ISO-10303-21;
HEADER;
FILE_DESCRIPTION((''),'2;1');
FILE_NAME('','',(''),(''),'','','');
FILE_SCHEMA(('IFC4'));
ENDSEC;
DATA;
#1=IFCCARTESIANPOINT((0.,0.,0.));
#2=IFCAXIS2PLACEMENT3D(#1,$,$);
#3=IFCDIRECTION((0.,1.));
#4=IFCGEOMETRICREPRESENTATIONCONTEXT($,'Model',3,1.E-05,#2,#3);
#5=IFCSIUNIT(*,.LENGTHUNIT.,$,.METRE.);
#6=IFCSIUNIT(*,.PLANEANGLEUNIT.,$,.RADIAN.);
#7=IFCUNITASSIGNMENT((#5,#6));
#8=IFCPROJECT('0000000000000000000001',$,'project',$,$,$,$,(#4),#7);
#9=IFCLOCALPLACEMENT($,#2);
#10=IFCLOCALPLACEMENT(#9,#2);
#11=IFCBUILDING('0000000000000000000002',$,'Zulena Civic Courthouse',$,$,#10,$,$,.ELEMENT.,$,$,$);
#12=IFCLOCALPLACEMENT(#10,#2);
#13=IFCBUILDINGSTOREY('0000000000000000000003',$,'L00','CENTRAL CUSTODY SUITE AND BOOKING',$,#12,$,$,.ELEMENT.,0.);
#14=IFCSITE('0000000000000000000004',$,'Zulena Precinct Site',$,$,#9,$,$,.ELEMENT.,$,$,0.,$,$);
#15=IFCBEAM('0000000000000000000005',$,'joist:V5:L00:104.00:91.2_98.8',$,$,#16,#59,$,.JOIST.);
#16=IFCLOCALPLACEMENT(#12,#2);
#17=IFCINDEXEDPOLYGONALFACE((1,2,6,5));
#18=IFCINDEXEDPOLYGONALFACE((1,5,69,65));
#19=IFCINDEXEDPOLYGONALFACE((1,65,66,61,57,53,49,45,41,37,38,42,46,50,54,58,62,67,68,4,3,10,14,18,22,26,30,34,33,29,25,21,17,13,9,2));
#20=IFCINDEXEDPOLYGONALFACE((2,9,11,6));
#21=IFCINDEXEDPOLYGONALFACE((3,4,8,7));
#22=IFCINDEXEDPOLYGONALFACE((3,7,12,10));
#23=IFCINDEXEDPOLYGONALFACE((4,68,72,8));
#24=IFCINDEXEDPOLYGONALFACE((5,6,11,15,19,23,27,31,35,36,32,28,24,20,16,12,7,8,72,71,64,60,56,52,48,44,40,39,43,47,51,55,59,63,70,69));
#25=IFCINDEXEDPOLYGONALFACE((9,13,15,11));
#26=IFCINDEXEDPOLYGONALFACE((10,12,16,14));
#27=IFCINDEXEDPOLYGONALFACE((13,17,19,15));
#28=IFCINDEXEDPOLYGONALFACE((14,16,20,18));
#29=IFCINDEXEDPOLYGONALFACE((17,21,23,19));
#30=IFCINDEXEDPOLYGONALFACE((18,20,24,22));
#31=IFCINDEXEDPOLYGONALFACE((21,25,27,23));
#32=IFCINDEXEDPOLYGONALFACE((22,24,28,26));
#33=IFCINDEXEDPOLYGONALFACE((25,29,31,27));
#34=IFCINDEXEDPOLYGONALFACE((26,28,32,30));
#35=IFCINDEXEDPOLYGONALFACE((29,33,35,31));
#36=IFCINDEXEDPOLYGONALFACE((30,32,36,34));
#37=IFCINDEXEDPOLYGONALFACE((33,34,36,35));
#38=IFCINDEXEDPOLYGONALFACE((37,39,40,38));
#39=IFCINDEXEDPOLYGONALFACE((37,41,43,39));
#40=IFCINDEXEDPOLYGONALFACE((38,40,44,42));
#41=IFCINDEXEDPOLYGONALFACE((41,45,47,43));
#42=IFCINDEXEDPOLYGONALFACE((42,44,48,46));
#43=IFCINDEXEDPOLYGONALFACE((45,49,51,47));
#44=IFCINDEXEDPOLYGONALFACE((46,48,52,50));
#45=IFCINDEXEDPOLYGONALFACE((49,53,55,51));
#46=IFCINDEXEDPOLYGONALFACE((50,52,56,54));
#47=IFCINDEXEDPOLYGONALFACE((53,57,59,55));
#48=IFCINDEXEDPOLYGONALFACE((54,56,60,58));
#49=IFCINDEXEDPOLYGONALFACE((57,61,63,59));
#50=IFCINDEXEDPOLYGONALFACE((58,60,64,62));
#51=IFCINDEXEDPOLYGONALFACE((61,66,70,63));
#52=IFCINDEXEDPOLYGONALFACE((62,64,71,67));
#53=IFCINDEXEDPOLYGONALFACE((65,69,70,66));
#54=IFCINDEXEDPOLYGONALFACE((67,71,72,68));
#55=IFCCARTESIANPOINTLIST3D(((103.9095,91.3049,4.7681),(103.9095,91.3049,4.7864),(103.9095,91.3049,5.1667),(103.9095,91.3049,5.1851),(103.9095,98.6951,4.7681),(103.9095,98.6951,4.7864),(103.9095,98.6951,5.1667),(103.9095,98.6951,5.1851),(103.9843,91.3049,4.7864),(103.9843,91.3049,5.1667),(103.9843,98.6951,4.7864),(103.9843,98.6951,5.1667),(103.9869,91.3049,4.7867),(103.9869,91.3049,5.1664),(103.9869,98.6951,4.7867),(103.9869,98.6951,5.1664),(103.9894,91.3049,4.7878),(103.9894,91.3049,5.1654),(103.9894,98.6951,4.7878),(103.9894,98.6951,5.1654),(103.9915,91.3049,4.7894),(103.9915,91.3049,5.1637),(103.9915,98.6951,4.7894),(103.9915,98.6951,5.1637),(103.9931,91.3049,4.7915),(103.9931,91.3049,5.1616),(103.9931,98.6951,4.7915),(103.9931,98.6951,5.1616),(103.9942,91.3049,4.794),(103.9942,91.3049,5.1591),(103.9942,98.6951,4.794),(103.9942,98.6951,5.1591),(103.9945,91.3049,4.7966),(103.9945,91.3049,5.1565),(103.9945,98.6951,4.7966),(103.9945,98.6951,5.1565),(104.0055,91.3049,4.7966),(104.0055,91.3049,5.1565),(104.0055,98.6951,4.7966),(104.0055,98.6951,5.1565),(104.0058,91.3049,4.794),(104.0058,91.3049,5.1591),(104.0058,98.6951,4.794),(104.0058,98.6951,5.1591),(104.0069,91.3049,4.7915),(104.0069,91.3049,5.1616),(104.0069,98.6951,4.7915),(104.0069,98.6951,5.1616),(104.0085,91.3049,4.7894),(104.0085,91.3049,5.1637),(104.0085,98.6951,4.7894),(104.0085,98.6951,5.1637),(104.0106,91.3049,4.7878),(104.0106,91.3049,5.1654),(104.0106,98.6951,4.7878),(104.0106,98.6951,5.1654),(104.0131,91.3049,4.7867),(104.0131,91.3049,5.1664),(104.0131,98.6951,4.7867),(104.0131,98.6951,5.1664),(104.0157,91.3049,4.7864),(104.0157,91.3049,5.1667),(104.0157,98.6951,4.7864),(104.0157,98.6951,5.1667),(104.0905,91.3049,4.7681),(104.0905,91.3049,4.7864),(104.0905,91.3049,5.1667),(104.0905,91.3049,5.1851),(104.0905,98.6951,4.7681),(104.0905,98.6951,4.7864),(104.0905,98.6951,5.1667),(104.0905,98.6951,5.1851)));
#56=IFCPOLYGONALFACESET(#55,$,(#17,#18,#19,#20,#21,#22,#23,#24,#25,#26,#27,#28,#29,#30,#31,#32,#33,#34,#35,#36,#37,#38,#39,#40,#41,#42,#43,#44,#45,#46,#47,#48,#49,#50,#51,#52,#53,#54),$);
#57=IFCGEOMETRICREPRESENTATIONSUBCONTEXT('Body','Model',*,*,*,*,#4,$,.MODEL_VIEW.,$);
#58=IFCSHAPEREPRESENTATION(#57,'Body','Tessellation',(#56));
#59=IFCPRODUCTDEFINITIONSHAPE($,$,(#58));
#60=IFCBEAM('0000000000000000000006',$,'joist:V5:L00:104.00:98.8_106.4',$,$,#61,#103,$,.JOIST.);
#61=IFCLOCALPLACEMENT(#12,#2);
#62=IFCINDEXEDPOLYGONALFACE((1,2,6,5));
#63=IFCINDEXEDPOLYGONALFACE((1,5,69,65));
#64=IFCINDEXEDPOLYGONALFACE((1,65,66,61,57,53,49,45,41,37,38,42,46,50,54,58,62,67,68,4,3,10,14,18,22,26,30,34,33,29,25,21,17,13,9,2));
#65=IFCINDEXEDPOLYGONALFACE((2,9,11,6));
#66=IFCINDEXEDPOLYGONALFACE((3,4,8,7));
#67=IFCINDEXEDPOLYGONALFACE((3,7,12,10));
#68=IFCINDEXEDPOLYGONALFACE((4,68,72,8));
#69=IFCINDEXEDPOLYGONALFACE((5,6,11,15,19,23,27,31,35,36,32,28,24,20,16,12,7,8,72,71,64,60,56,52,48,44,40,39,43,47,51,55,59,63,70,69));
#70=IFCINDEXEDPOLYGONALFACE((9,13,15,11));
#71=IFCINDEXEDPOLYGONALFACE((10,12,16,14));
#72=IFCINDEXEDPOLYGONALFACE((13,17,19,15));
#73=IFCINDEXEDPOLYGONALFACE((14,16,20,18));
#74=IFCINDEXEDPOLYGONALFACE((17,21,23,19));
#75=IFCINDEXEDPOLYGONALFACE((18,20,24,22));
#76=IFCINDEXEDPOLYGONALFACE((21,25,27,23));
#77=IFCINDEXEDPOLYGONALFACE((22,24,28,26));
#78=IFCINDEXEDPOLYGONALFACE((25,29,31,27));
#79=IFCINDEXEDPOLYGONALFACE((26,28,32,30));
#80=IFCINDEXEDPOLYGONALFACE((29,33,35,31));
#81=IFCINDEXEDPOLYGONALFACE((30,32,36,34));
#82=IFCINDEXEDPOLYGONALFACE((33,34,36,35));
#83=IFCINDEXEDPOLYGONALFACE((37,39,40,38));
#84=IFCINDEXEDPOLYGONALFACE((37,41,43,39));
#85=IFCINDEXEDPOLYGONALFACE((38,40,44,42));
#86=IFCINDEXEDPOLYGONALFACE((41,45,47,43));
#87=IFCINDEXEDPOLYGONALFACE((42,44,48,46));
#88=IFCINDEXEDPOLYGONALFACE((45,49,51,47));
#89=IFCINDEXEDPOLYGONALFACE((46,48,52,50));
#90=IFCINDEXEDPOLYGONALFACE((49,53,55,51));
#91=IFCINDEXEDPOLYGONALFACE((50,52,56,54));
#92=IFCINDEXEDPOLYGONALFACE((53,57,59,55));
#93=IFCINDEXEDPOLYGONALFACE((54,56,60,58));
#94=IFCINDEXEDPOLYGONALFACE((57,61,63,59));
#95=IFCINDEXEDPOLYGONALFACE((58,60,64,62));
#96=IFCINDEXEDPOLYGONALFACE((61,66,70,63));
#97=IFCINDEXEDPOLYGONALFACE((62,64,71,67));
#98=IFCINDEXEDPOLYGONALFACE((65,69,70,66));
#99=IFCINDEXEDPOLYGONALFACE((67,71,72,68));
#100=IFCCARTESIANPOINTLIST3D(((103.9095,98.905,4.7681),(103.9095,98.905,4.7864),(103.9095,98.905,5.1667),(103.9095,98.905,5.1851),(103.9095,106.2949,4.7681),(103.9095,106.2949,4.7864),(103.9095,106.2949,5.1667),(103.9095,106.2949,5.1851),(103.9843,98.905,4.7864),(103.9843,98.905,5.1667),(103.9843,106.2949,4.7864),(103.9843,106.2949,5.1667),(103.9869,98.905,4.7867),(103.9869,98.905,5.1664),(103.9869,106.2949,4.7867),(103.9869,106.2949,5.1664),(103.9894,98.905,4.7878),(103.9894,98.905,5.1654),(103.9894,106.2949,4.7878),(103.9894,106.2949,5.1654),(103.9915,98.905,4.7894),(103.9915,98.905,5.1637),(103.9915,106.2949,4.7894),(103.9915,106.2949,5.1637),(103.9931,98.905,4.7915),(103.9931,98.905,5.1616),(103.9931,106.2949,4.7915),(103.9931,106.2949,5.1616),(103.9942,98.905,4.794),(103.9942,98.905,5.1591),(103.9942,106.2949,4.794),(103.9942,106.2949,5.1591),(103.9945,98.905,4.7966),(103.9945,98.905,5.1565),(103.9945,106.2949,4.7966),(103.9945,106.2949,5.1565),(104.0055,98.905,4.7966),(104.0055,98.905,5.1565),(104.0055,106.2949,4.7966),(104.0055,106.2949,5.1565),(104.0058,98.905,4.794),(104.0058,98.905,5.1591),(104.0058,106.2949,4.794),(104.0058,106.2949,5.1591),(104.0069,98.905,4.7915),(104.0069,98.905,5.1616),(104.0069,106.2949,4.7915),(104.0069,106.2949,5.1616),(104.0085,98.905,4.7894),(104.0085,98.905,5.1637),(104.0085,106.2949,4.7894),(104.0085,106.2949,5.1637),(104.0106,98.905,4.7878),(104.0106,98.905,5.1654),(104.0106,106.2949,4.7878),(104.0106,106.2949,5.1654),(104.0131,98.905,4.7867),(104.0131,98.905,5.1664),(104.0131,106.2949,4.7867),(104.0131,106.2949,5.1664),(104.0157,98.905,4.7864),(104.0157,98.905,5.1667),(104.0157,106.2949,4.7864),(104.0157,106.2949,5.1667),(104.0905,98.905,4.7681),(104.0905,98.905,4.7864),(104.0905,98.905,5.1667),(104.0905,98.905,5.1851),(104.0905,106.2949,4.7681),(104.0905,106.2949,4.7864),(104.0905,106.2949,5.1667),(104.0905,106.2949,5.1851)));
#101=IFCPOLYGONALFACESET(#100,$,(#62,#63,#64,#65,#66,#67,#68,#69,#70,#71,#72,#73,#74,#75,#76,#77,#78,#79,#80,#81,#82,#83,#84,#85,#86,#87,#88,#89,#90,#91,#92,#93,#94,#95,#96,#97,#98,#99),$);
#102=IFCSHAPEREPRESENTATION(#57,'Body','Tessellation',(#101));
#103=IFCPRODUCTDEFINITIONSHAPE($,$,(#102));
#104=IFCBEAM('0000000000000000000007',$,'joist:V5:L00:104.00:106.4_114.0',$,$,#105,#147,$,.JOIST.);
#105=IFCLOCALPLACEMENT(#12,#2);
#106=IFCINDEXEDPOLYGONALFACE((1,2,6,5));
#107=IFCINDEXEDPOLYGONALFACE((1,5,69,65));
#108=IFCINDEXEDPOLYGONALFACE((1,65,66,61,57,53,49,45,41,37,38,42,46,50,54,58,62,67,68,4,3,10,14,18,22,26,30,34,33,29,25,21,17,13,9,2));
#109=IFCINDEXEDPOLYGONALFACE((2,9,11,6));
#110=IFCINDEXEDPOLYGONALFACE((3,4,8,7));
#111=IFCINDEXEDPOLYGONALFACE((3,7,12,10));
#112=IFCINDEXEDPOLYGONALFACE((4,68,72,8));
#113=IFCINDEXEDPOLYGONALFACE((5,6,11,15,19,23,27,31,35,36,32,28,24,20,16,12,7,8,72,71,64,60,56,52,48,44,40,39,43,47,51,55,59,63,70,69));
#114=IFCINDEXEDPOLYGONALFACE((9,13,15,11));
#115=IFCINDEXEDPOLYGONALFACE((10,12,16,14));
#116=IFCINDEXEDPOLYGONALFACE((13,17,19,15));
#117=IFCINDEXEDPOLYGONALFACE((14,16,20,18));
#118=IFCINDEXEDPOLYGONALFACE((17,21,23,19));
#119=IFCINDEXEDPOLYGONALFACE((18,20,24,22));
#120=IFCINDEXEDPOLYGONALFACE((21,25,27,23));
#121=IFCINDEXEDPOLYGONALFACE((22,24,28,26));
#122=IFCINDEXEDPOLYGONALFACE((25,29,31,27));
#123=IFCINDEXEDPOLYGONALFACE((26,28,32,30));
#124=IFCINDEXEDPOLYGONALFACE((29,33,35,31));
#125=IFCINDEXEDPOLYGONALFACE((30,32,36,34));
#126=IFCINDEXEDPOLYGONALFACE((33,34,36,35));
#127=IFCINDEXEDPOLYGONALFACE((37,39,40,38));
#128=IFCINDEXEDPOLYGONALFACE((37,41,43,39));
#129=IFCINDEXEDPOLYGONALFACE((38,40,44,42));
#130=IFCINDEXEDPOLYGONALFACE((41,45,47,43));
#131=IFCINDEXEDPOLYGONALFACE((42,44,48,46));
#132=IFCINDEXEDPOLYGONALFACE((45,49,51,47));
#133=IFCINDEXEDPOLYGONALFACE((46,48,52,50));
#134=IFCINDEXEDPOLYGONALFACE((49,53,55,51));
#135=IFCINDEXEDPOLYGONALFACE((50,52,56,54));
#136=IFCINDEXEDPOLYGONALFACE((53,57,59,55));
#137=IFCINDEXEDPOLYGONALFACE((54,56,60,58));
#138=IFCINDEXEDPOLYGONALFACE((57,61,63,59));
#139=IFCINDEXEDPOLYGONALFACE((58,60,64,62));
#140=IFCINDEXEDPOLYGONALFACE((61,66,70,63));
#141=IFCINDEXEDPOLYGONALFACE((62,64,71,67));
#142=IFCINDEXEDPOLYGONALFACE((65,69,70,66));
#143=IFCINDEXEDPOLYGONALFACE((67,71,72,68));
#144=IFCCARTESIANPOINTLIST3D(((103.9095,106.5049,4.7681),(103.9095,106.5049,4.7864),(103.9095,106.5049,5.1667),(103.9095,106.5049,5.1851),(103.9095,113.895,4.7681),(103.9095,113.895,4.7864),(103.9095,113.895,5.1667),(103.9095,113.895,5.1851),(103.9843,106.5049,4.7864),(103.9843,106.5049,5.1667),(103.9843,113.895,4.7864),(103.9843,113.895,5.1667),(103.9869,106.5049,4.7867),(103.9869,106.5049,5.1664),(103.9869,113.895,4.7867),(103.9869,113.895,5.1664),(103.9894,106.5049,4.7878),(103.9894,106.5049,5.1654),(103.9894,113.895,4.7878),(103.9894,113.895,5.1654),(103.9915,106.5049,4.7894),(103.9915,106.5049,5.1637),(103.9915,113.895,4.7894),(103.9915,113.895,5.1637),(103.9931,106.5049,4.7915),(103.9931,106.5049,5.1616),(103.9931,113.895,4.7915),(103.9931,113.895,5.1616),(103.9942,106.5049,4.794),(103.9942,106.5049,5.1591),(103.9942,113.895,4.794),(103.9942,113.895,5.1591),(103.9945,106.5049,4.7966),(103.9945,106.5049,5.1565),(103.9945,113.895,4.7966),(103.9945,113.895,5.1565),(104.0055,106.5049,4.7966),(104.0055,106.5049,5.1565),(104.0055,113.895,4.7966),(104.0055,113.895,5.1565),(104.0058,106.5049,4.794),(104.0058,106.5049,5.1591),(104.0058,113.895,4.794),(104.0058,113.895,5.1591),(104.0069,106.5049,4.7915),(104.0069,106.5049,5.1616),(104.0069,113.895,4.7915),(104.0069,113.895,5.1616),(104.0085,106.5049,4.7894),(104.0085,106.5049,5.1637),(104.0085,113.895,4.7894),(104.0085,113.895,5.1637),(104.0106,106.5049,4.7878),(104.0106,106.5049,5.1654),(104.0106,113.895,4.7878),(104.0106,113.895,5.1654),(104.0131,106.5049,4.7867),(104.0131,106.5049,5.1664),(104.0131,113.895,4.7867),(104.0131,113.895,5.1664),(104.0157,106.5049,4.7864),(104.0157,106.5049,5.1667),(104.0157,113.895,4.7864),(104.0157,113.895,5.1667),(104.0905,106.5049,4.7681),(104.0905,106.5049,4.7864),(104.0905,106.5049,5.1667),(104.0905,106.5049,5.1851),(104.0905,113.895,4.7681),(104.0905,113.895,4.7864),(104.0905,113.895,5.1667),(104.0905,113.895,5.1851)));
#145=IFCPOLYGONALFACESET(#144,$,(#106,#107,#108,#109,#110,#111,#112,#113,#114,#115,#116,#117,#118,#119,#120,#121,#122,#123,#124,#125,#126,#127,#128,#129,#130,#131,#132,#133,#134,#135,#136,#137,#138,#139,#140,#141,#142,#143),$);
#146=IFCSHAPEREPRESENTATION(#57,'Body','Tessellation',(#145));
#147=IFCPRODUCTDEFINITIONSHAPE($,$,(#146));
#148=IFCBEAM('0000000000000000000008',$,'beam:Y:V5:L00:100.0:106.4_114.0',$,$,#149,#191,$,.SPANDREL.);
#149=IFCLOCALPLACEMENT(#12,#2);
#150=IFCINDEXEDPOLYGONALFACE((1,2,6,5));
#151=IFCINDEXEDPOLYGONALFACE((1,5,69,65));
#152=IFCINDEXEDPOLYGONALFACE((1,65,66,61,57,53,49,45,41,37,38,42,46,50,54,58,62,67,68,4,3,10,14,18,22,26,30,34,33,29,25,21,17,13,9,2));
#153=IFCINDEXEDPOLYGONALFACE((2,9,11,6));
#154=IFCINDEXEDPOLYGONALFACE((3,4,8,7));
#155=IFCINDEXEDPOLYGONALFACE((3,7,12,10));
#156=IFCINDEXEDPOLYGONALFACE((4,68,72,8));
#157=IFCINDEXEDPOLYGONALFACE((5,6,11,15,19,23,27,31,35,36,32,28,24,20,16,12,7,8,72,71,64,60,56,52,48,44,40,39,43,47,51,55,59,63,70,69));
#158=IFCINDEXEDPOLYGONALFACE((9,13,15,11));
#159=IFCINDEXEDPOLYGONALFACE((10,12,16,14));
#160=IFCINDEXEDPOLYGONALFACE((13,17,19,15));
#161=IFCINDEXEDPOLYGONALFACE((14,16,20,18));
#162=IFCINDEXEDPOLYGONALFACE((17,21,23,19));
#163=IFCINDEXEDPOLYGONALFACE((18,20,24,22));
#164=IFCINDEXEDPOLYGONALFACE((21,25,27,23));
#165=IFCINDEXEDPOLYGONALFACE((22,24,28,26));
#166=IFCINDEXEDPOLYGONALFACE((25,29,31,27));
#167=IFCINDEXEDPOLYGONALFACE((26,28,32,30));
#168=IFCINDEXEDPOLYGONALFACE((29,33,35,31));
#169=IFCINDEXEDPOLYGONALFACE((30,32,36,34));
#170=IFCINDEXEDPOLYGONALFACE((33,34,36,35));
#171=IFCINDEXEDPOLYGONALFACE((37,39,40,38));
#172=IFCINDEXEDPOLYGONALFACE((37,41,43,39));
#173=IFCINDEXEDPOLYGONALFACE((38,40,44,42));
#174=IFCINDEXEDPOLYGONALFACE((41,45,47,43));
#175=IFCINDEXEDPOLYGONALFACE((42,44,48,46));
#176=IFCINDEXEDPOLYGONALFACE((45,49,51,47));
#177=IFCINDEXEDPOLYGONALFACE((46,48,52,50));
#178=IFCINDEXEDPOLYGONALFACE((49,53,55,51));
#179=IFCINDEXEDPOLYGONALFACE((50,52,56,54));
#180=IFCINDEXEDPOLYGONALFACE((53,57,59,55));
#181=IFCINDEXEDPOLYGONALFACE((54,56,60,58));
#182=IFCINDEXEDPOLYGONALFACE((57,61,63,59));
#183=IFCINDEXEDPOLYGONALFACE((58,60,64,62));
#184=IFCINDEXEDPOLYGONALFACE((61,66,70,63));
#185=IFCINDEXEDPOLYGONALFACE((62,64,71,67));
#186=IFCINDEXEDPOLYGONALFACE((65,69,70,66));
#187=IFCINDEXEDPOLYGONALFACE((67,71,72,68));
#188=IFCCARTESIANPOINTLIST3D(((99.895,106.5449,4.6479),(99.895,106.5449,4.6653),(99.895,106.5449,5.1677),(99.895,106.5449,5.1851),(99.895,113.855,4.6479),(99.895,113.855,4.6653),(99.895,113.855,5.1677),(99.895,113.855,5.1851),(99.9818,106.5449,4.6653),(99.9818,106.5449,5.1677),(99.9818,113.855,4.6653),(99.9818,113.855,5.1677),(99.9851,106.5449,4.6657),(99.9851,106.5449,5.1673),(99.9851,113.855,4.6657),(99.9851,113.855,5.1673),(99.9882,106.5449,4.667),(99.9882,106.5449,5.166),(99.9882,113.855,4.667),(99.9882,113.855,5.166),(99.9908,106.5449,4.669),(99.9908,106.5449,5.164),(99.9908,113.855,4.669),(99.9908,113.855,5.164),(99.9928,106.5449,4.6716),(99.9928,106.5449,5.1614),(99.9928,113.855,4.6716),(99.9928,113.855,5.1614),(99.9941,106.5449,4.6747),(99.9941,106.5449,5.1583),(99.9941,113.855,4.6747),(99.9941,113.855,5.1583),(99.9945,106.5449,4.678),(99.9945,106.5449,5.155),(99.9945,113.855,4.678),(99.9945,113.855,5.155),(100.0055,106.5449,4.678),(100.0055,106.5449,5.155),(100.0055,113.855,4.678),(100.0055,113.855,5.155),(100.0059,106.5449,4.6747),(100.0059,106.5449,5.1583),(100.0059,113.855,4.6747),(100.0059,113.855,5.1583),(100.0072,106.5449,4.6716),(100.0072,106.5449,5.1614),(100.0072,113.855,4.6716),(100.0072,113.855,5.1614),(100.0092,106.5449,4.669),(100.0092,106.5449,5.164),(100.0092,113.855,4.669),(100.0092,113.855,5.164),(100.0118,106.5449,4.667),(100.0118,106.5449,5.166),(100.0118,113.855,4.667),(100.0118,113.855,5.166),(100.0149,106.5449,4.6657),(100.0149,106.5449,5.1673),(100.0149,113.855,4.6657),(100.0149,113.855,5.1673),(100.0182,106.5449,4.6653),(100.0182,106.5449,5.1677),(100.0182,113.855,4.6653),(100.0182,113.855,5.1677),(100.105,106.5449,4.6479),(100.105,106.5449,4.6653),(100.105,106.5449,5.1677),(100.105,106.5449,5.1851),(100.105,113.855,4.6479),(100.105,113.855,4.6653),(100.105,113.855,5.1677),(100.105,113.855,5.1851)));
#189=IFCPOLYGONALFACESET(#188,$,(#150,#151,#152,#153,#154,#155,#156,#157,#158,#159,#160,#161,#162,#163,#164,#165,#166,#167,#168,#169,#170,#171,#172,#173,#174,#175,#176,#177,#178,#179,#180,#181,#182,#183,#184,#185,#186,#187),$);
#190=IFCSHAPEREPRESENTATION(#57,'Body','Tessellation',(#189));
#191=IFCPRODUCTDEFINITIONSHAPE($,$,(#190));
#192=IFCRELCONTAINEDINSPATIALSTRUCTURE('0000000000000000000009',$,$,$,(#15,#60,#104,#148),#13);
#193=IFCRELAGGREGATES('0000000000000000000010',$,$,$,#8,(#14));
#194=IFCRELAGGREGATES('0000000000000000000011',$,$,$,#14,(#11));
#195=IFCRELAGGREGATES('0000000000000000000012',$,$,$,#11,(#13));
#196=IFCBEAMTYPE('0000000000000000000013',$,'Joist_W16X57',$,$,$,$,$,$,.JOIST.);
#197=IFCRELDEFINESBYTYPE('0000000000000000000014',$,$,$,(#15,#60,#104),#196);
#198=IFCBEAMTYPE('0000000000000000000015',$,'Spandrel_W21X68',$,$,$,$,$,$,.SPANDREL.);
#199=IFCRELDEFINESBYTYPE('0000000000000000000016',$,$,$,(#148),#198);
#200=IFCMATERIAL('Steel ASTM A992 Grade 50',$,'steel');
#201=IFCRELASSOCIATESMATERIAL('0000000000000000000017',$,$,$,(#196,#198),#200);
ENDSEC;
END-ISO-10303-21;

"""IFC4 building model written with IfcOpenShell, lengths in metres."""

from ifc_helpers import new_model, si_unit, direction, frame, origin, origin_2d, place, context, subcontext, project, spatial, i_section, extrude, material, material_profile, profile_set, type_object, element, save


model = new_model("IFC4")

# Units and contexts
model_context = context("Model", 3, precision=1e-05, world=origin(), true_north=direction((0.0, 1.0)))
body_context = subcontext(model_context, "Body", "Model", "MODEL_VIEW")
ifc_project = project(units=[si_unit("LENGTHUNIT", "METRE"), si_unit("PLANEANGLEUNIT", "RADIAN")], contexts=[model_context])

# Site, building, storey
site_placement = place(None, origin())
site = spatial("IfcSite", under=ifc_project, at=site_placement, Name="Zulena Precinct Site", CompositionType="ELEMENT", RefElevation=0.0)
building_placement = place(site_placement, origin())
building = spatial("IfcBuilding", under=site, at=building_placement, Name="Zulena Civic Courthouse", CompositionType="ELEMENT")
storey_placement = place(building_placement, origin())
storey = spatial("IfcBuildingStorey", under=building, at=storey_placement, Name="L00", Description="CENTRAL CUSTODY SUITE AND BOOKING", CompositionType="ELEMENT", Elevation=0.0)

# Shared definitions
ifc_material_1 = material(Name="Steel ASTM A992 Grade 50", Category="steel")

# Beams
ifc_material_profile_1 = material_profile(ifc_material_1, i_section(OverallWidth=0.1809, OverallDepth=0.417, WebThickness=0.011, FlangeThickness=0.0183, FilletRadius=0.0103, at=origin_2d()), Name="W16X57")
ifc_profile_set_1 = profile_set([ifc_material_profile_1], Name="Steel ASTM A992 Grade 50")
beam_type_1 = type_object("IfcBeamType", Name="Joist_W16X57", PredefinedType="JOIST", material=ifc_profile_set_1)
for number, where, z_axis, x_axis, name in (
    (1, (104.0, 91.3049, 4.9766), (0.0, 1.0, 0.0), (-1.0, 0.0, 0.0), "joist:V5:L00:104.00:91.2_98.8"),
):
    element("IfcBeam", number, at=place(storey_placement, frame(where, z_axis=z_axis, x_axis=x_axis)), inside=storey, type_object=beam_type_1, Name=name, PredefinedType="JOIST", context=body_context, shape_type="SweptSolid", body=[
        extrude(i_section(OverallWidth=0.1809, OverallDepth=0.417, WebThickness=0.011, FlangeThickness=0.0183, FilletRadius=0.0103, at=origin_2d()), origin(), (0.0, 0.0, 1.0), 7.3901),
    ])
beam_1_placement = place(storey_placement, frame((104.0, 98.905, 4.9766), z_axis=(0.0, 1.0, 0.0), x_axis=(-1.0, 0.0, 0.0)))
element("IfcBeam", 2, at=beam_1_placement, inside=storey, type_object=beam_type_1, Name="joist:V5:L00:104.00:98.8_106.4", PredefinedType="JOIST", context=body_context, shape_type="SweptSolid", body=[
    extrude(i_section(OverallWidth=0.1809, OverallDepth=0.417, WebThickness=0.011, FlangeThickness=0.0183, FilletRadius=0.0103, at=origin_2d()), origin(), (0.0, 0.0, 1.0), 7.3899),
])
beam_2_placement = place(storey_placement, frame((104.0, 106.5049, 4.9766), z_axis=(0.0, 1.0, 0.0), x_axis=(-1.0, 0.0, 0.0)))
element("IfcBeam", 3, at=beam_2_placement, inside=storey, type_object=beam_type_1, Name="joist:V5:L00:104.00:106.4_114.0", PredefinedType="JOIST", context=body_context, shape_type="SweptSolid", body=[
    extrude(i_section(OverallWidth=0.1809, OverallDepth=0.417, WebThickness=0.011, FlangeThickness=0.0183, FilletRadius=0.0103, at=origin_2d()), origin(), (0.0, 0.0, 1.0), 7.3901),
])
ifc_material_profile_2 = material_profile(ifc_material_1, i_section(OverallWidth=0.21, OverallDepth=0.5371, WebThickness=0.011, FlangeThickness=0.0173, FilletRadius=0.0127, at=origin_2d()), Name="W21X68")
ifc_profile_set_2 = profile_set([ifc_material_profile_2], Name="Steel ASTM A992 Grade 50")
beam_type_2 = type_object("IfcBeamType", Name="Spandrel_W21X68", PredefinedType="SPANDREL", material=ifc_profile_set_2)
beam_3_placement = place(storey_placement, frame((100.0, 106.5449, 4.9165), z_axis=(0.0, 1.0, 0.0), x_axis=(-1.0, 0.0, 0.0)))
element("IfcBeam", 4, at=beam_3_placement, inside=storey, type_object=beam_type_2, Name="beam:Y:V5:L00:100.0:106.4_114.0", PredefinedType="SPANDREL", context=body_context, shape_type="SweptSolid", body=[
    extrude(i_section(OverallWidth=0.21, OverallDepth=0.5371, WebThickness=0.011, FlangeThickness=0.0173, FilletRadius=0.0127, at=origin_2d()), origin(), (0.0, 0.0, 1.0), 7.3101),
])

save(model, "model.ifc")
